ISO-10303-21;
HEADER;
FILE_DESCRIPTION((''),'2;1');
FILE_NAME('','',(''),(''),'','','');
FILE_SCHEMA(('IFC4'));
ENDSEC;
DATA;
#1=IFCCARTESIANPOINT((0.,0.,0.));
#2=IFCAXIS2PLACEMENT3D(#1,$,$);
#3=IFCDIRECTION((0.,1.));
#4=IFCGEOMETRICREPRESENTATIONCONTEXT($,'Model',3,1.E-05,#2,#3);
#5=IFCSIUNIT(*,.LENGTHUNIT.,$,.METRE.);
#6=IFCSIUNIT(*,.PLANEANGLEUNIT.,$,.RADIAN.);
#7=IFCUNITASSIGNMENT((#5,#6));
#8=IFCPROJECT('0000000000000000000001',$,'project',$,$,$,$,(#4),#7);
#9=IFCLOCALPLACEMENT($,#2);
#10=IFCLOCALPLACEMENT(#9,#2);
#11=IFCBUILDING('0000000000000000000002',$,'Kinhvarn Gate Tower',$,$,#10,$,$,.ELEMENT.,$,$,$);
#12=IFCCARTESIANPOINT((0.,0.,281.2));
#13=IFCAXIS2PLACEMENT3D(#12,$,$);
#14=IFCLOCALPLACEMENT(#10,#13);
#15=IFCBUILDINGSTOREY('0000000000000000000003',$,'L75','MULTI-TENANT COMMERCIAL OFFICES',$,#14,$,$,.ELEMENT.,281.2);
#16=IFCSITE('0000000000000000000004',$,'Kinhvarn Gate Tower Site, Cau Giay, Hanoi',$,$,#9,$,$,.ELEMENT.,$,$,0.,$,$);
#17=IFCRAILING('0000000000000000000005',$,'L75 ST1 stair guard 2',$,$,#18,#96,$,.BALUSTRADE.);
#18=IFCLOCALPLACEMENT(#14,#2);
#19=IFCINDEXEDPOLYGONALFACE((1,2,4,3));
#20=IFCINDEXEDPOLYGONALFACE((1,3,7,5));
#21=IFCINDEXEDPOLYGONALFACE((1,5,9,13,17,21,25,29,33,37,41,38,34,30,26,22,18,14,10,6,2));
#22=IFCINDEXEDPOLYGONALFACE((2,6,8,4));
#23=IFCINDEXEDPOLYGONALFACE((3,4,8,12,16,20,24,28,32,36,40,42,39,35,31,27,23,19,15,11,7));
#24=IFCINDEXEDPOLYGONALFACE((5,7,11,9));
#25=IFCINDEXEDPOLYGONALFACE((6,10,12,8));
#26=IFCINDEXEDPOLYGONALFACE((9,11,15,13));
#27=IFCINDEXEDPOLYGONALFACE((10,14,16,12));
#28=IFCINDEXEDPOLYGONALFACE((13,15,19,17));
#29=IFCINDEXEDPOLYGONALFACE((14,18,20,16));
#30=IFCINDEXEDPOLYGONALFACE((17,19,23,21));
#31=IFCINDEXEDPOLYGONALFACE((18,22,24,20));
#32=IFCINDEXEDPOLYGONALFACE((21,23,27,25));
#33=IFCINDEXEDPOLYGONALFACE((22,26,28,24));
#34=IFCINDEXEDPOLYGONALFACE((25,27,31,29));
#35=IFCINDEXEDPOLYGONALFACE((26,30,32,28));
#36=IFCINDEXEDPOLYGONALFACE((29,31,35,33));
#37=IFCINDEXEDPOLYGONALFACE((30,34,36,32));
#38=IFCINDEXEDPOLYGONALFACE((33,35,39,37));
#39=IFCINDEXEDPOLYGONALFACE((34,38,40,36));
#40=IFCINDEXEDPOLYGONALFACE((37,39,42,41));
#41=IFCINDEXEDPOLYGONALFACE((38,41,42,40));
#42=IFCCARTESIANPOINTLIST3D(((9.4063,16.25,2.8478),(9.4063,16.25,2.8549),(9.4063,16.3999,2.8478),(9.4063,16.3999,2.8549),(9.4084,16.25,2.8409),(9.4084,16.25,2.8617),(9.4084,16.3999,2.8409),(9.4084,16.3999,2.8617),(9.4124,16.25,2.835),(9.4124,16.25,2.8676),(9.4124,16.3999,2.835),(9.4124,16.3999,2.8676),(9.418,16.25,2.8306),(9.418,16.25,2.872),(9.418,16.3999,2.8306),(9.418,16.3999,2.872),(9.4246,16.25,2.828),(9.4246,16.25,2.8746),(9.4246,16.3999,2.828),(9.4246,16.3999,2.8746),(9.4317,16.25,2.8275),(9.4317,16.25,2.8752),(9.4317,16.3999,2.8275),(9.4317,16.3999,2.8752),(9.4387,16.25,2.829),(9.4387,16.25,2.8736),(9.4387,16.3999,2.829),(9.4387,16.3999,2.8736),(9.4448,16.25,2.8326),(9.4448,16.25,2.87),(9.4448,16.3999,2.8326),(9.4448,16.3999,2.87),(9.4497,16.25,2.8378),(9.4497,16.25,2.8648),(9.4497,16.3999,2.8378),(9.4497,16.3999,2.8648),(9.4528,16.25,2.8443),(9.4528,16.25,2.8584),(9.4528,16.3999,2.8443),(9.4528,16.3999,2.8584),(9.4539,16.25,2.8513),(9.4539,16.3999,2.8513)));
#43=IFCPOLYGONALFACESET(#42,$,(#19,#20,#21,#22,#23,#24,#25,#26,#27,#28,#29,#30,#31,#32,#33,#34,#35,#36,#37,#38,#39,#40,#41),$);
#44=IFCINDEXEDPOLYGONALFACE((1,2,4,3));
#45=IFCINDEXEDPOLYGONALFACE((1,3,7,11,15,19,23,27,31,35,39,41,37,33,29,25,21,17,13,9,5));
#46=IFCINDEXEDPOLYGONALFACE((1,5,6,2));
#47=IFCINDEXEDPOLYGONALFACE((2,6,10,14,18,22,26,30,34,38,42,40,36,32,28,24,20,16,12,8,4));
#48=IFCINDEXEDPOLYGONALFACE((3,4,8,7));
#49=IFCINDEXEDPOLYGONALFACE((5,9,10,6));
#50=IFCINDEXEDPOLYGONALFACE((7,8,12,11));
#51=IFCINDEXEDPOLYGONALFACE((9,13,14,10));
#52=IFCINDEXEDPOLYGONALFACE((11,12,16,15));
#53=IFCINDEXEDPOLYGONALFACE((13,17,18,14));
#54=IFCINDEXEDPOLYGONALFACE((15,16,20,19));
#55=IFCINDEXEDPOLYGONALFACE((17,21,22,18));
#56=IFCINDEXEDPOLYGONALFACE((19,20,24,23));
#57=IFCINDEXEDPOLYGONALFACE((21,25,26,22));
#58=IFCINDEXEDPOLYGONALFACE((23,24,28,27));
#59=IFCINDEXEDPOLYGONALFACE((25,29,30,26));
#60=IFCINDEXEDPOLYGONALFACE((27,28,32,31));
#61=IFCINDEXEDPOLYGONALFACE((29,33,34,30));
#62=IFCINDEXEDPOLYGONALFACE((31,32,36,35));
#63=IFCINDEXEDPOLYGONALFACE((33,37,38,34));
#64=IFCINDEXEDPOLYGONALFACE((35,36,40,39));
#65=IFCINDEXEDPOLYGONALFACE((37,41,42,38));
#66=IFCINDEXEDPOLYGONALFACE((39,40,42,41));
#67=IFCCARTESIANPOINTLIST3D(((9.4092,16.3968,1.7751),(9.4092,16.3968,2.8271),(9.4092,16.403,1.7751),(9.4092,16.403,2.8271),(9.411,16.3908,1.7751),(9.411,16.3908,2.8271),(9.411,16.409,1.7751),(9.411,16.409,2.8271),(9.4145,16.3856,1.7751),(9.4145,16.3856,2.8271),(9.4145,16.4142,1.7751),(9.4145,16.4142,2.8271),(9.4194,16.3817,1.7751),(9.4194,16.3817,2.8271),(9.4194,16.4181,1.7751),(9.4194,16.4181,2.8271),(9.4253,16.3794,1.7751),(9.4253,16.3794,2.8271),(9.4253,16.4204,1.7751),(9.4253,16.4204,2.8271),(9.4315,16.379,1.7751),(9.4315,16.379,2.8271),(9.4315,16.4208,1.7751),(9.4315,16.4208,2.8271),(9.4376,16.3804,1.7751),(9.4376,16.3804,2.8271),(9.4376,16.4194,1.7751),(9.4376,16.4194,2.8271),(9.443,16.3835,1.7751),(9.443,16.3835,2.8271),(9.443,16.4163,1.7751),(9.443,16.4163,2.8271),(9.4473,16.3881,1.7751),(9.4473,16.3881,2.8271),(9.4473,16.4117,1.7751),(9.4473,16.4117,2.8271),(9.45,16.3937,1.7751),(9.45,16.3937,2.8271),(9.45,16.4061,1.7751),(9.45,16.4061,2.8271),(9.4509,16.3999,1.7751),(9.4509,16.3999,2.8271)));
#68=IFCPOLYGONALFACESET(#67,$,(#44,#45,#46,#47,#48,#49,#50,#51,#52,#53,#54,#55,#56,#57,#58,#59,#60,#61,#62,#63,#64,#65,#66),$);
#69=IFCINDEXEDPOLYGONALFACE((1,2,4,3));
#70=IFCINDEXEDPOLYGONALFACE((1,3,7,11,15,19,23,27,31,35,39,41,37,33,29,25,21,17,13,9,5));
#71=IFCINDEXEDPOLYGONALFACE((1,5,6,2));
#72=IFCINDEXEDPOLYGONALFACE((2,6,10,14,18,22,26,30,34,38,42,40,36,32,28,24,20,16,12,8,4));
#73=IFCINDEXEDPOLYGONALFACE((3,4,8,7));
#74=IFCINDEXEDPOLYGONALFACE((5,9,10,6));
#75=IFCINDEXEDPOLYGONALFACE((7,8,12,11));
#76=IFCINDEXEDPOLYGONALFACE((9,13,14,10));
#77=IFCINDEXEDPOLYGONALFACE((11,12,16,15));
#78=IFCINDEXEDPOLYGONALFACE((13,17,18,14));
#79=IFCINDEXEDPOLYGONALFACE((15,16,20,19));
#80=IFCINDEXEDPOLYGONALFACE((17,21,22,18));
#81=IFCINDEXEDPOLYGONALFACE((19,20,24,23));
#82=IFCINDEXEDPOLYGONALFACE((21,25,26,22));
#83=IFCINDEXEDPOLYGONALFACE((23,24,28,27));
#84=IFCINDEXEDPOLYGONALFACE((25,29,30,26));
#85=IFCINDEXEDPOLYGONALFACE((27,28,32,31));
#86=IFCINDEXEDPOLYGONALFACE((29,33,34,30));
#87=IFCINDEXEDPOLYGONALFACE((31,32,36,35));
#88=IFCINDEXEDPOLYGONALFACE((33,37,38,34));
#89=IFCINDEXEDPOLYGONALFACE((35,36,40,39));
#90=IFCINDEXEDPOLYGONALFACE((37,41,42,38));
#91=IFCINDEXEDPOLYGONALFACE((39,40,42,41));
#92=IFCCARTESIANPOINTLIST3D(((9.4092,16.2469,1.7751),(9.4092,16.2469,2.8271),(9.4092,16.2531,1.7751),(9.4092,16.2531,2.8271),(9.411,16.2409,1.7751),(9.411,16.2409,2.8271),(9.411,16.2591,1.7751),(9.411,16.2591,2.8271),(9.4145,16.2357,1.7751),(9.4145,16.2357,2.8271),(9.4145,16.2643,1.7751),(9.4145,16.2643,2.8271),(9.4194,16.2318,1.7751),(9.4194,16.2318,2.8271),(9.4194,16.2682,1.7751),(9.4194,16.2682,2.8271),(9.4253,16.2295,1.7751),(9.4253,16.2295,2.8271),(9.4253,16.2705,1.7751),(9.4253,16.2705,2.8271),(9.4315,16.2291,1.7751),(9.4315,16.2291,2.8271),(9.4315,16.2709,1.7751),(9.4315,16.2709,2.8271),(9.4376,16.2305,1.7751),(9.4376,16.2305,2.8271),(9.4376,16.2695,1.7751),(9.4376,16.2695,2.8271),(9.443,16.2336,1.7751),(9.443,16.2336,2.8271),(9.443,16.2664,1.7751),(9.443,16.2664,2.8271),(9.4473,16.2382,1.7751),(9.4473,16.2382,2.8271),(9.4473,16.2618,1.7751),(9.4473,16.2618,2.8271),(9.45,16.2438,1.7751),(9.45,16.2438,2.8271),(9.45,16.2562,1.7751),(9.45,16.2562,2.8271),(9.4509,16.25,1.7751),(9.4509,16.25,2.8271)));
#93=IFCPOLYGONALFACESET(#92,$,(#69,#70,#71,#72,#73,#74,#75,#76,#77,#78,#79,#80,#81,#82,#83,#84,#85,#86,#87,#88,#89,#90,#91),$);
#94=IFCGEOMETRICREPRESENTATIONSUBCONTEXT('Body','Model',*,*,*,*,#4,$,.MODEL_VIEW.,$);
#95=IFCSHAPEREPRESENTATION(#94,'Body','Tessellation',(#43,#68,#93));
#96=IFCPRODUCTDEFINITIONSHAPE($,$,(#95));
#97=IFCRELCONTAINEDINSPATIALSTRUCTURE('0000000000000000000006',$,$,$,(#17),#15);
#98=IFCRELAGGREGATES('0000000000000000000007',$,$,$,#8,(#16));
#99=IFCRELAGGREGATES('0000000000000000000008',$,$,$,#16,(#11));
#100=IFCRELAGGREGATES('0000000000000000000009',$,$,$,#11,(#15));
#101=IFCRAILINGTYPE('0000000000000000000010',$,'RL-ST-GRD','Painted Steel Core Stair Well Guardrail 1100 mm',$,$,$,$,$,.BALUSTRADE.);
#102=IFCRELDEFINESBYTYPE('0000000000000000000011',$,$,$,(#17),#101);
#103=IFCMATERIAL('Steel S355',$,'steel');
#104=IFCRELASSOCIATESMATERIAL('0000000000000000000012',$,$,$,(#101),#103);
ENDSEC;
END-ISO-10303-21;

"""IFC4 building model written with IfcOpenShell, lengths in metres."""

from ifc_helpers import new_model, si_unit, direction, frame, origin, origin_2d, place, context, subcontext, project, spatial, circle, extrude, material, type_object, element, save


model = new_model("IFC4")

# Units and contexts
model_context = context("Model", 3, precision=1e-05, world=origin(), true_north=direction((0.0, 1.0)))
body_context = subcontext(model_context, "Body", "Model", "MODEL_VIEW")
ifc_project = project(units=[si_unit("LENGTHUNIT", "METRE"), si_unit("PLANEANGLEUNIT", "RADIAN")], contexts=[model_context])

# Site, building, storey
site_placement = place(None, origin())
site = spatial("IfcSite", under=ifc_project, at=site_placement, Name="Kinhvarn Gate Tower Site, Cau Giay, Hanoi", CompositionType="ELEMENT", RefElevation=0.0)
building_placement = place(site_placement, origin())
building = spatial("IfcBuilding", under=site, at=building_placement, Name="Kinhvarn Gate Tower", CompositionType="ELEMENT")
storey_placement = place(building_placement, frame((0.0, 0.0, 281.2)))
storey = spatial("IfcBuildingStorey", under=building, at=storey_placement, Name="L75", Description="MULTI-TENANT COMMERCIAL OFFICES", CompositionType="ELEMENT", Elevation=281.2)

# Shared definitions
ifc_material_1 = material(Name="Steel S355", Category="steel")

# Railing
railing_type_1 = type_object("IfcRailingType", Name="RL-ST-GRD", Description="Painted Steel Core Stair Well Guardrail 1100 mm", PredefinedType="BALUSTRADE", material=ifc_material_1)
railing_1_placement = place(storey_placement, frame((9.4299, 16.3999, 1.7751)))
element("IfcRailing", 1, at=railing_1_placement, inside=storey, type_object=railing_type_1, Name="L75 ST1 stair guard 2", PredefinedType="BALUSTRADE", context=body_context, shape_type="SweptSolid", body=[
    extrude(circle(Radius=0.0239, at=origin_2d()), frame((0.0, 0.0, 1.0762), z_axis=(0.0, -1.0, 0.0), x_axis=(1.0, 0.0, 0.0)), (0.0, 0.0, 1.0), 0.1499),
    extrude(circle(Radius=0.021, at=origin_2d()), origin(), (0.0, 0.0, 1.0), 1.052),
    extrude(circle(Radius=0.021, at=origin_2d()), frame((0.0, -0.1499, 0.0)), (0.0, 0.0, 1.0), 1.052),
])

save(model, "model.ifc")
